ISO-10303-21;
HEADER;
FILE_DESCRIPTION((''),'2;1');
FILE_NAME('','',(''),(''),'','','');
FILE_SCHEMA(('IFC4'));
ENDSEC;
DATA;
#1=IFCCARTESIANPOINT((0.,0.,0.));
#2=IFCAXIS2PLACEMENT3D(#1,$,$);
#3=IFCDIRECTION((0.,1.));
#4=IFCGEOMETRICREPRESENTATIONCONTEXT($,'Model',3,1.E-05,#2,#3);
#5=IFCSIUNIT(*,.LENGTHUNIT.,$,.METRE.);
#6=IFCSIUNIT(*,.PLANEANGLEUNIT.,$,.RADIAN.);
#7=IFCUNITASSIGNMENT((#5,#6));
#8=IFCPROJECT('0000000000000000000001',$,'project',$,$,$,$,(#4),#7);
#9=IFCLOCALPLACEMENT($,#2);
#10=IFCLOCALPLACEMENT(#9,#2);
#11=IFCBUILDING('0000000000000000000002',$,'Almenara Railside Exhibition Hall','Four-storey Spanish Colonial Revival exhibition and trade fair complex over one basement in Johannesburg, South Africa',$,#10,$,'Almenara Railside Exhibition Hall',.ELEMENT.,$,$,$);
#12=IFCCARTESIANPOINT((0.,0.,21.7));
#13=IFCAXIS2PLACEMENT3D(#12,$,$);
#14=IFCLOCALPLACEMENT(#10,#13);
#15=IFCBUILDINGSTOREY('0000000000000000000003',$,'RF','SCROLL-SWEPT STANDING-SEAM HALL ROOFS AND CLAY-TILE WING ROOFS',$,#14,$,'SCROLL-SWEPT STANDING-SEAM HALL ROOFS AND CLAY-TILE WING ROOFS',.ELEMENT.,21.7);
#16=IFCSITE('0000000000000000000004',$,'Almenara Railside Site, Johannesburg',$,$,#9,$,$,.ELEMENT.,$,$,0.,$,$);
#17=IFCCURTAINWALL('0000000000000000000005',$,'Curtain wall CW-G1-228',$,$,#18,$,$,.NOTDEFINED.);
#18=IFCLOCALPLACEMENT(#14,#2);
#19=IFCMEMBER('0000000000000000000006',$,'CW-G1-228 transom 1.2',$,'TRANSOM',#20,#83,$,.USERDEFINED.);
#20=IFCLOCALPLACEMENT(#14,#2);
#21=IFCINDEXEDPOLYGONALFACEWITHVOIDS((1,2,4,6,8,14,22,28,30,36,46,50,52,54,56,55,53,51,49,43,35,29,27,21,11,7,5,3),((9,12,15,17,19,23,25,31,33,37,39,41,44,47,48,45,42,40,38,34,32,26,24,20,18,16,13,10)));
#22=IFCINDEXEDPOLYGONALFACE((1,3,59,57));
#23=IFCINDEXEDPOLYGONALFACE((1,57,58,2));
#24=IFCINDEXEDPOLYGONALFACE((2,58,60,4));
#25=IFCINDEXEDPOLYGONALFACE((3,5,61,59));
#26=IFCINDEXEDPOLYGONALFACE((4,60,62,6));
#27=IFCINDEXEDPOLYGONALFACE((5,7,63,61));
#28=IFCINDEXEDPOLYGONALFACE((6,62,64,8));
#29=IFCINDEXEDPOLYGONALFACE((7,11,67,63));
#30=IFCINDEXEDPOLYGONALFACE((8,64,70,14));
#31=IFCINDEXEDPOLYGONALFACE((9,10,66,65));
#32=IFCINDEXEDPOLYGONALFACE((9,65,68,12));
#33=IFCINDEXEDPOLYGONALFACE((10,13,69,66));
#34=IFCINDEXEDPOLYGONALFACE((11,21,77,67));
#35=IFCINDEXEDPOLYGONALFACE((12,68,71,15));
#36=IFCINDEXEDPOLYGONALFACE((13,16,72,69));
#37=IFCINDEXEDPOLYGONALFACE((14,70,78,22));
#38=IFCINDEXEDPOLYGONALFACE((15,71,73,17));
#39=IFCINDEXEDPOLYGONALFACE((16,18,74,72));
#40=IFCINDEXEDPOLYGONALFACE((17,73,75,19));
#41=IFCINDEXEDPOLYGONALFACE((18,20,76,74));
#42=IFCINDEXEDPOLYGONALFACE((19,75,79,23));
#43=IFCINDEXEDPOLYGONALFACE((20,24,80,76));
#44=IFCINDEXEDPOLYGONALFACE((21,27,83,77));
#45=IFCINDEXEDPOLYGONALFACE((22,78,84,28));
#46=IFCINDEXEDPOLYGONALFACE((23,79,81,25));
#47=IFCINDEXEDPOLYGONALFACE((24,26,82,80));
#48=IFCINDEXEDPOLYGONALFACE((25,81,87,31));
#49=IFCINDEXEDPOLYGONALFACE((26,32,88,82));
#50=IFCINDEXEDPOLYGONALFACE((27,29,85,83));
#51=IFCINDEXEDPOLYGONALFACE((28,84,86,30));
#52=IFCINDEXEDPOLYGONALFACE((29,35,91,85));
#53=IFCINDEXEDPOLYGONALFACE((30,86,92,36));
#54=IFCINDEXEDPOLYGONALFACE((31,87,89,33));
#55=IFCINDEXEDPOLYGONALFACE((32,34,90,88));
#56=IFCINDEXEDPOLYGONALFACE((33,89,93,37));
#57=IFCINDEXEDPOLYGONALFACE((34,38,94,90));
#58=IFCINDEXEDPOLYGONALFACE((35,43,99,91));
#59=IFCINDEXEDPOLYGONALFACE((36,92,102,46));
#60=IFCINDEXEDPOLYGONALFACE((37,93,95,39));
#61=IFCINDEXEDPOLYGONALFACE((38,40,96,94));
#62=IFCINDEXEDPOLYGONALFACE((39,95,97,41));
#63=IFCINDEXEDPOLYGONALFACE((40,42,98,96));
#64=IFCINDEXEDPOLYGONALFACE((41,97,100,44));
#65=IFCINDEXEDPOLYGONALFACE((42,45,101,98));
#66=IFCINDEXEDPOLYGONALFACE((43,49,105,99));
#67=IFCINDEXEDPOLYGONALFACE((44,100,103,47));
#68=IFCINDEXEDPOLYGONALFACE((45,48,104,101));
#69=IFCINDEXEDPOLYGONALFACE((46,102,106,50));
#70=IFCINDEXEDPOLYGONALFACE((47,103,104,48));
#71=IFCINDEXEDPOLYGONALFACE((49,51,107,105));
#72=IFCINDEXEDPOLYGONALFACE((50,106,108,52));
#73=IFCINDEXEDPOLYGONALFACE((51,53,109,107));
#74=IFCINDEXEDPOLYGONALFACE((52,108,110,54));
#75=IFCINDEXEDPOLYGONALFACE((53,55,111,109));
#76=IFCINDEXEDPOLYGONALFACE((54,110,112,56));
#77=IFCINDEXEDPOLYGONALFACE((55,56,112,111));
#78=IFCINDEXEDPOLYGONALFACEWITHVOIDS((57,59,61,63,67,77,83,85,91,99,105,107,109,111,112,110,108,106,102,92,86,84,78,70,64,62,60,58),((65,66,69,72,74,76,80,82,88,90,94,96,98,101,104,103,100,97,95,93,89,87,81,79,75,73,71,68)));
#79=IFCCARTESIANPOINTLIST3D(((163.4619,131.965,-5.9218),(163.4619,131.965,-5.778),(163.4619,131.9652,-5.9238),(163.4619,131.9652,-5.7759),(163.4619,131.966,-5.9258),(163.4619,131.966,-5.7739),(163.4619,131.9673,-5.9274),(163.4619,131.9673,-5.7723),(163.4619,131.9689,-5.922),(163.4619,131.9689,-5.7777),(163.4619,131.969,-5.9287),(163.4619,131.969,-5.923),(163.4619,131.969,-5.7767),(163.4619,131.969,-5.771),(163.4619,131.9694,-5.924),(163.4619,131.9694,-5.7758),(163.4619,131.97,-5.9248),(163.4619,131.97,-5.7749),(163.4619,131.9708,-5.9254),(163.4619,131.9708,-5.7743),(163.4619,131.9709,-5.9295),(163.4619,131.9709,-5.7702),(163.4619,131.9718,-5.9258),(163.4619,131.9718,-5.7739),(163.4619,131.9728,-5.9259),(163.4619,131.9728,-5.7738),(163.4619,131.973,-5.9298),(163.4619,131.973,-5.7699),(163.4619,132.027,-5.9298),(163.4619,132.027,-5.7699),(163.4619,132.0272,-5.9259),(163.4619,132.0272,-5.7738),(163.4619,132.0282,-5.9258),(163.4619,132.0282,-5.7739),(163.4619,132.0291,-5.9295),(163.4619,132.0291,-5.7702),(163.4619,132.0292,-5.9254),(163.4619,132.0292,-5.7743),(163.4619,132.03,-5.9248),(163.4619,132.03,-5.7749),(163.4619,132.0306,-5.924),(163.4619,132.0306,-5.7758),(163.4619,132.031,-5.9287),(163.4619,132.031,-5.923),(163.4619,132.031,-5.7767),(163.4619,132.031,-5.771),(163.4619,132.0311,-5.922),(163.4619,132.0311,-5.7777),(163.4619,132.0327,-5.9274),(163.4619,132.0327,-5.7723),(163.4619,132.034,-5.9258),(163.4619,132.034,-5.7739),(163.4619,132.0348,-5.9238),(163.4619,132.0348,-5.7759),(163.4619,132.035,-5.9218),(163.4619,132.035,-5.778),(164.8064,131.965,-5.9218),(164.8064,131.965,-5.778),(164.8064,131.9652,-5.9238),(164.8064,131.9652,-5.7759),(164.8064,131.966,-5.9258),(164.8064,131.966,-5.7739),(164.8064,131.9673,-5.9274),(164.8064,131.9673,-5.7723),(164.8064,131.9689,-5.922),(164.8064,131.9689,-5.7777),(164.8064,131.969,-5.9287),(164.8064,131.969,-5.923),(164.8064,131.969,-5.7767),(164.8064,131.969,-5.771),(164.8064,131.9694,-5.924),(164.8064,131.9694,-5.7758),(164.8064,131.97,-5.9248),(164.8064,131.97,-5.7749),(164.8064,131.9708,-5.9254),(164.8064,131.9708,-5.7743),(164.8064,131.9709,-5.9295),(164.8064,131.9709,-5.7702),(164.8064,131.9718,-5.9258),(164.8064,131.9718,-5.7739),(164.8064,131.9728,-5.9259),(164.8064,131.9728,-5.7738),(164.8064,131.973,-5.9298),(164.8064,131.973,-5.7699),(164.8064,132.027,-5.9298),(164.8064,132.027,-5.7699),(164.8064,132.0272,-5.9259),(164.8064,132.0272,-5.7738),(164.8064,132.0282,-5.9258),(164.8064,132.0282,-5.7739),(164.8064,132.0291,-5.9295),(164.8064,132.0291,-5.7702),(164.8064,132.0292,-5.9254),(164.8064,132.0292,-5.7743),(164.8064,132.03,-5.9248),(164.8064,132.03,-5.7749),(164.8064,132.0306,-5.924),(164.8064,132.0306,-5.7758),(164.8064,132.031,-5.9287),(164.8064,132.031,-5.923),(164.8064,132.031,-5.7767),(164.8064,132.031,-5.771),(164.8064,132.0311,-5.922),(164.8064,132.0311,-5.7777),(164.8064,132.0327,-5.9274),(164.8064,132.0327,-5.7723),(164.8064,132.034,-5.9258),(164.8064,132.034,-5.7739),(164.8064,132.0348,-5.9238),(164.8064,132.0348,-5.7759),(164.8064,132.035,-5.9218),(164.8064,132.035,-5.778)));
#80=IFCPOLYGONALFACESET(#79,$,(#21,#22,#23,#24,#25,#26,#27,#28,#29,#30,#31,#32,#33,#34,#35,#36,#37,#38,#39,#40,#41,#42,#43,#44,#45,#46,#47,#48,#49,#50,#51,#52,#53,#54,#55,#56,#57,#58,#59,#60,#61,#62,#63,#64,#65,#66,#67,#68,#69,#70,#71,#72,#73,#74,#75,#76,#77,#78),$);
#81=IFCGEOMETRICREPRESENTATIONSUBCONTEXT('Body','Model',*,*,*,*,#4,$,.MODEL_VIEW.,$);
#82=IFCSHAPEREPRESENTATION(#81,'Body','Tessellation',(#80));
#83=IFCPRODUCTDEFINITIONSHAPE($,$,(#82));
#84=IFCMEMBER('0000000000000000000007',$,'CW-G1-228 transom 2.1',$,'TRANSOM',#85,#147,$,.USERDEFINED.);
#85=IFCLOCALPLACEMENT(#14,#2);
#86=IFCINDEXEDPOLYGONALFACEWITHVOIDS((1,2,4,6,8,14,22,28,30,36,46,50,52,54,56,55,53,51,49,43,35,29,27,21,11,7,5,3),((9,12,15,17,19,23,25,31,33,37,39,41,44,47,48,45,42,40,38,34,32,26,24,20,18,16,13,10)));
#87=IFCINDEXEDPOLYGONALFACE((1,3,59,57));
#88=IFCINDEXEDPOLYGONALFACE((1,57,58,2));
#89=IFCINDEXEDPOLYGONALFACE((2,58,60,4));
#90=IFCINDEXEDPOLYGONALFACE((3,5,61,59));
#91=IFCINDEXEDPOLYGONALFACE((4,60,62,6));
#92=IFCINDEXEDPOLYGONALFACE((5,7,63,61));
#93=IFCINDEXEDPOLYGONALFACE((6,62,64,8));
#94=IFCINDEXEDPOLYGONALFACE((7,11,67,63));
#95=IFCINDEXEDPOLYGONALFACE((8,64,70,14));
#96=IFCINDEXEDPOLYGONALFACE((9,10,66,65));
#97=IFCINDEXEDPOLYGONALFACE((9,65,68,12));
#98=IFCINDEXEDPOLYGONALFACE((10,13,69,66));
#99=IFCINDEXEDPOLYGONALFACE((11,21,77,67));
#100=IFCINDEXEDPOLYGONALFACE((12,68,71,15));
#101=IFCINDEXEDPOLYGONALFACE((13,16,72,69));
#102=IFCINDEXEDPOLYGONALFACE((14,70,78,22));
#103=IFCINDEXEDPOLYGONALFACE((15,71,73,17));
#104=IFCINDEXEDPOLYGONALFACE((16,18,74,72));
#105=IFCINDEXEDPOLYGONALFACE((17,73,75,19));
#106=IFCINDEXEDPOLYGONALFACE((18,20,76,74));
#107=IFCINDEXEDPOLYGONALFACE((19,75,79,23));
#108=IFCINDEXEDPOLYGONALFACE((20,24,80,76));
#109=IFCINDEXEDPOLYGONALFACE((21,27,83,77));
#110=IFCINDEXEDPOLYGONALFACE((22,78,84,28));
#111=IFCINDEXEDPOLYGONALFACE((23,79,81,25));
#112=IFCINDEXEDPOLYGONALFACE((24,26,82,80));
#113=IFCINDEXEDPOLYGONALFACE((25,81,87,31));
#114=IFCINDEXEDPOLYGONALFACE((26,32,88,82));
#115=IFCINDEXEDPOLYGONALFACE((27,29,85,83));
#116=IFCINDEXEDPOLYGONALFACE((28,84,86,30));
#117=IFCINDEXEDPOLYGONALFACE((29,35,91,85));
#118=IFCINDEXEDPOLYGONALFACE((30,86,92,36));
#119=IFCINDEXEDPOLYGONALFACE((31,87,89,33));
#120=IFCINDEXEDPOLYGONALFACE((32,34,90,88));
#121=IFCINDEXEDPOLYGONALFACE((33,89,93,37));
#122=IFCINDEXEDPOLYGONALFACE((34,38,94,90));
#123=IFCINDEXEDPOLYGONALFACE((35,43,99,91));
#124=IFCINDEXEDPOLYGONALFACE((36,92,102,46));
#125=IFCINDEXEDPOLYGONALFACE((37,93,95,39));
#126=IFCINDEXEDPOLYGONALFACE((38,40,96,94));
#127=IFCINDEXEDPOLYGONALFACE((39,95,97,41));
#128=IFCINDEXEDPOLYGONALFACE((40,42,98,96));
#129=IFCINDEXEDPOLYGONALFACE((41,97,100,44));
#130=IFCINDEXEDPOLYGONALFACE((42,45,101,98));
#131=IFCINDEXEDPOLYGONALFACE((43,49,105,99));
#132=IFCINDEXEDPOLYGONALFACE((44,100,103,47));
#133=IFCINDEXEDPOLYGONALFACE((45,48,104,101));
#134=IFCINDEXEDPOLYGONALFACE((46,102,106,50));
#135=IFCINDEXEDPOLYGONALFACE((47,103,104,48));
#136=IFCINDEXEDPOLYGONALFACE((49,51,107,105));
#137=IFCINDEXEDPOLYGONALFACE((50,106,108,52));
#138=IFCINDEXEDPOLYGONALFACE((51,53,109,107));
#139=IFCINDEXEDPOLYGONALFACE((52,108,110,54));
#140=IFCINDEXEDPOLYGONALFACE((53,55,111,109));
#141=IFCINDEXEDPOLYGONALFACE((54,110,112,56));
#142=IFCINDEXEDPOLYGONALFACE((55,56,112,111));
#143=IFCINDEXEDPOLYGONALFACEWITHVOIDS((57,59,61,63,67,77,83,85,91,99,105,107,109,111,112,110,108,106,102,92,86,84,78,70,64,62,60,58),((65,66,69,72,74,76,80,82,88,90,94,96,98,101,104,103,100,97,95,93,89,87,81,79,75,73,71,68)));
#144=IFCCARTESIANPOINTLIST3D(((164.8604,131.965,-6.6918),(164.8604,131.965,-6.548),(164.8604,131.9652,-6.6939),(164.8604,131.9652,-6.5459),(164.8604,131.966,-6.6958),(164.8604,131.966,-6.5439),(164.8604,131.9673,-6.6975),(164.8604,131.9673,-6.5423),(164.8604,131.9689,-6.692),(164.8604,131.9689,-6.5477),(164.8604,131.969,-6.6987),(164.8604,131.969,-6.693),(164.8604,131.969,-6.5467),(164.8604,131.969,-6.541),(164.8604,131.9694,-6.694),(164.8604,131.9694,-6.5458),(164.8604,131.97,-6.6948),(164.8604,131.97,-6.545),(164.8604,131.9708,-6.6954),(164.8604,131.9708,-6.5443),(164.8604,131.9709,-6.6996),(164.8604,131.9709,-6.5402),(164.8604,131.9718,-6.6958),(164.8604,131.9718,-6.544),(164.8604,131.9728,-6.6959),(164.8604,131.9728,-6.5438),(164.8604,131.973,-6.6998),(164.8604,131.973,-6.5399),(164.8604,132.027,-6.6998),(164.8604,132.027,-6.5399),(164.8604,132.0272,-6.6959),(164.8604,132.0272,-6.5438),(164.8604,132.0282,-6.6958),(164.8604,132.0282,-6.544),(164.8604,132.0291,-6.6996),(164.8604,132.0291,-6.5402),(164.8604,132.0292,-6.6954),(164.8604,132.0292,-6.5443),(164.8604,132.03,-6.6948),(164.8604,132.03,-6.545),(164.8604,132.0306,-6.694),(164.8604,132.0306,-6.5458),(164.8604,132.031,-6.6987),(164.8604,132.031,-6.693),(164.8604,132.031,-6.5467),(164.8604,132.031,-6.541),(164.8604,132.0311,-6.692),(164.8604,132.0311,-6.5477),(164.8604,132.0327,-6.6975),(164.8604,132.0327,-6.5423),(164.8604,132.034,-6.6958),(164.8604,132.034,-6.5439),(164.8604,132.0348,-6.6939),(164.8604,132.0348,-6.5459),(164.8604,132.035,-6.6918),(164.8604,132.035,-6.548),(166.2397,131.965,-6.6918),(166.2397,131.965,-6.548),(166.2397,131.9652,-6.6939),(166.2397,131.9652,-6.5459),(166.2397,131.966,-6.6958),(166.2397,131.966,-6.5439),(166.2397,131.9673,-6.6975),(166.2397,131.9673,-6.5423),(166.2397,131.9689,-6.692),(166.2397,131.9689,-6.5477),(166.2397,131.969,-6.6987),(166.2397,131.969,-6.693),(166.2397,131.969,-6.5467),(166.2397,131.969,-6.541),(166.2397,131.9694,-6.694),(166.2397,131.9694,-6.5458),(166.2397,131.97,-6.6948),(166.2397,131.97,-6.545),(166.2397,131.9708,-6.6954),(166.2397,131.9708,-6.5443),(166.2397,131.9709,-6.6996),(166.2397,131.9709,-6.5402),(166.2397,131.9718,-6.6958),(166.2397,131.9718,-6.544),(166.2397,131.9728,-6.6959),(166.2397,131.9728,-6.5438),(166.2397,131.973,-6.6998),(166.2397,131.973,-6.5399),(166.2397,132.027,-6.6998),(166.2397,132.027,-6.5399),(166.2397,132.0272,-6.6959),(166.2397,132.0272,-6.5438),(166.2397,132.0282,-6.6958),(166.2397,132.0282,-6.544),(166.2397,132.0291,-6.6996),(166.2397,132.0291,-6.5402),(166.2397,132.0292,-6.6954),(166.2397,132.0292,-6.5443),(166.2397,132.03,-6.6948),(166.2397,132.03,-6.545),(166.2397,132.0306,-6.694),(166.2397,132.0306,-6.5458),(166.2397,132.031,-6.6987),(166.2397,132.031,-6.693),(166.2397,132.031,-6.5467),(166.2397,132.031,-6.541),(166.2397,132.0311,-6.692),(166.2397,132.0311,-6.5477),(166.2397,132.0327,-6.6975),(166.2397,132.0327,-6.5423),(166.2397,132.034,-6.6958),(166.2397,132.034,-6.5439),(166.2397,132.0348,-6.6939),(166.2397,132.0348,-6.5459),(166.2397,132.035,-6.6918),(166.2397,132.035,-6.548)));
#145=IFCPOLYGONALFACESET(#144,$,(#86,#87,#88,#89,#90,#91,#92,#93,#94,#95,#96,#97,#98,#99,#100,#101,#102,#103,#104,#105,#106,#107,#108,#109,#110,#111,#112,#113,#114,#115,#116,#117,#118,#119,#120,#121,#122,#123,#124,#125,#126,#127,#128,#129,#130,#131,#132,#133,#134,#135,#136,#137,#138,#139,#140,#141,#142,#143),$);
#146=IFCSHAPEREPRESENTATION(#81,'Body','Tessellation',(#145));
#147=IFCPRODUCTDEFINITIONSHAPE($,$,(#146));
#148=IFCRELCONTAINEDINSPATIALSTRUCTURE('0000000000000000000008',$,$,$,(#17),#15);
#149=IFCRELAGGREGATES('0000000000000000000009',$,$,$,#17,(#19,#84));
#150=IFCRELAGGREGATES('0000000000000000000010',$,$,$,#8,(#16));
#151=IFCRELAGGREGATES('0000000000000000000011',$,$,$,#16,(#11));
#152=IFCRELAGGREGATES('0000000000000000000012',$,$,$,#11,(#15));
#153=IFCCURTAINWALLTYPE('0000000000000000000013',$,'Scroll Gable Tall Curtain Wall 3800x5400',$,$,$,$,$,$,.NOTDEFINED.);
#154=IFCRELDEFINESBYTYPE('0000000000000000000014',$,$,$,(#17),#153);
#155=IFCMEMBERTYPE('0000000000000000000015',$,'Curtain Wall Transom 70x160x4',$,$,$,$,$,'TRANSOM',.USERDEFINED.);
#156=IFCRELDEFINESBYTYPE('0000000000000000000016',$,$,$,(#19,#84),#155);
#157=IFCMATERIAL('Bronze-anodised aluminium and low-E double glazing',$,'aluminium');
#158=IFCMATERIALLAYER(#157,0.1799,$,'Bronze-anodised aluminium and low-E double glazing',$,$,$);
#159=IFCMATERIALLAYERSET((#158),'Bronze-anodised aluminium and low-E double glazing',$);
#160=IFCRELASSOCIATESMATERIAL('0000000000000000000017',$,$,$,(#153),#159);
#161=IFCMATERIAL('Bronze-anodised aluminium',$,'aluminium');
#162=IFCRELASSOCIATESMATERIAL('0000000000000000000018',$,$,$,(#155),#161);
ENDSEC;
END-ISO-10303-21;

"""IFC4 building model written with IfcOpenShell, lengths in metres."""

from ifc_helpers import new_model, si_unit, direction, frame, origin, origin_2d, place, context, subcontext, project, spatial, hollow_rectangle, extrude, material, layer, layer_set, material_profile, profile_set, type_object, element, aggregate, save


model = new_model("IFC4")

# Units and contexts
model_context = context("Model", 3, precision=1e-05, world=origin(), true_north=direction((0.0, 1.0)))
body_context = subcontext(model_context, "Body", "Model", "MODEL_VIEW")
ifc_project = project(units=[si_unit("LENGTHUNIT", "METRE"), si_unit("PLANEANGLEUNIT", "RADIAN")], contexts=[model_context])

# Site, building, storey
site_placement = place(None, origin())
site = spatial("IfcSite", under=ifc_project, at=site_placement, Name="Almenara Railside Site, Johannesburg", CompositionType="ELEMENT", RefElevation=0.0)
building_placement = place(site_placement, origin())
building = spatial("IfcBuilding", under=site, at=building_placement, Name="Almenara Railside Exhibition Hall", Description="Four-storey Spanish Colonial Revival exhibition and trade fair complex over one basement in Johannesburg, South Africa", LongName="Almenara Railside Exhibition Hall", CompositionType="ELEMENT")
storey_placement = place(building_placement, frame((0.0, 0.0, 21.7)))
storey = spatial("IfcBuildingStorey", under=building, at=storey_placement, Name="RF", Description="SCROLL-SWEPT STANDING-SEAM HALL ROOFS AND CLAY-TILE WING ROOFS", LongName="SCROLL-SWEPT STANDING-SEAM HALL ROOFS AND CLAY-TILE WING ROOFS", CompositionType="ELEMENT", Elevation=21.7)

# Curtain wall
ifc_material_1 = material(Name="Bronze-anodised aluminium and low-E double glazing", Category="aluminium")
ifc_layer_1 = layer(ifc_material_1, 0.1799, Name="Bronze-anodised aluminium and low-E double glazing")
ifc_layer_set_1 = layer_set([ifc_layer_1], Name="Bronze-anodised aluminium and low-E double glazing")
curtain_wall_type = type_object("IfcCurtainWallType", Name="Scroll Gable Tall Curtain Wall 3800x5400", PredefinedType="NOTDEFINED", material=ifc_layer_set_1)
ifc_material_2 = material(Name="Bronze-anodised aluminium", Category="aluminium")
curtain_wall_1_placement = place(storey_placement, origin())
curtain_wall_1 = element("IfcCurtainWall", 1, at=curtain_wall_1_placement, inside=storey, type_object=curtain_wall_type, Name="Curtain wall CW-G1-228", PredefinedType="NOTDEFINED")

# Members
ifc_material_profile_1 = material_profile(ifc_material_2, hollow_rectangle(XDim=0.0701, YDim=0.1599, WallThickness=0.0039, InnerFilletRadius=0.0039, OuterFilletRadius=0.0081, at=origin_2d()), Name="ALU-TRN 70x160x4")
ifc_profile_set_1 = profile_set([ifc_material_profile_1], Name="Bronze-anodised aluminium")
member_type_1 = type_object("IfcMemberType", Name="Curtain Wall Transom 70x160x4", ElementType="TRANSOM", PredefinedType="USERDEFINED", material=ifc_profile_set_1)
member_1_placement = place(storey_placement, frame((163.4619, 132.0, -5.8499), z_axis=(1.0, 0.0, 0.0), x_axis=(0.0, 1.0, 0.0)))
member_1 = element("IfcMember", 2, at=member_1_placement, type_object=member_type_1, Name="CW-G1-228 transom 1.2", ObjectType="TRANSOM", PredefinedType="USERDEFINED", context=body_context, shape_type="SweptSolid", body=[
    extrude(hollow_rectangle(XDim=0.0701, YDim=0.1599, WallThickness=0.0039, InnerFilletRadius=0.0039, OuterFilletRadius=0.0081, at=origin_2d()), origin(), (0.0, 0.0, 1.0), 1.3445),
])
member_2_placement = place(storey_placement, frame((164.8604, 132.0, -6.6199), z_axis=(1.0, 0.0, 0.0), x_axis=(0.0, 1.0, 0.0)))
member_2 = element("IfcMember", 3, at=member_2_placement, type_object=member_type_1, Name="CW-G1-228 transom 2.1", ObjectType="TRANSOM", PredefinedType="USERDEFINED", context=body_context, shape_type="SweptSolid", body=[
    extrude(hollow_rectangle(XDim=0.0701, YDim=0.1599, WallThickness=0.0039, InnerFilletRadius=0.0039, OuterFilletRadius=0.0081, at=origin_2d()), origin(), (0.0, 0.0, 1.0), 1.3794),
])

aggregate(curtain_wall_1, [member_1, member_2])

save(model, "model.ifc")
